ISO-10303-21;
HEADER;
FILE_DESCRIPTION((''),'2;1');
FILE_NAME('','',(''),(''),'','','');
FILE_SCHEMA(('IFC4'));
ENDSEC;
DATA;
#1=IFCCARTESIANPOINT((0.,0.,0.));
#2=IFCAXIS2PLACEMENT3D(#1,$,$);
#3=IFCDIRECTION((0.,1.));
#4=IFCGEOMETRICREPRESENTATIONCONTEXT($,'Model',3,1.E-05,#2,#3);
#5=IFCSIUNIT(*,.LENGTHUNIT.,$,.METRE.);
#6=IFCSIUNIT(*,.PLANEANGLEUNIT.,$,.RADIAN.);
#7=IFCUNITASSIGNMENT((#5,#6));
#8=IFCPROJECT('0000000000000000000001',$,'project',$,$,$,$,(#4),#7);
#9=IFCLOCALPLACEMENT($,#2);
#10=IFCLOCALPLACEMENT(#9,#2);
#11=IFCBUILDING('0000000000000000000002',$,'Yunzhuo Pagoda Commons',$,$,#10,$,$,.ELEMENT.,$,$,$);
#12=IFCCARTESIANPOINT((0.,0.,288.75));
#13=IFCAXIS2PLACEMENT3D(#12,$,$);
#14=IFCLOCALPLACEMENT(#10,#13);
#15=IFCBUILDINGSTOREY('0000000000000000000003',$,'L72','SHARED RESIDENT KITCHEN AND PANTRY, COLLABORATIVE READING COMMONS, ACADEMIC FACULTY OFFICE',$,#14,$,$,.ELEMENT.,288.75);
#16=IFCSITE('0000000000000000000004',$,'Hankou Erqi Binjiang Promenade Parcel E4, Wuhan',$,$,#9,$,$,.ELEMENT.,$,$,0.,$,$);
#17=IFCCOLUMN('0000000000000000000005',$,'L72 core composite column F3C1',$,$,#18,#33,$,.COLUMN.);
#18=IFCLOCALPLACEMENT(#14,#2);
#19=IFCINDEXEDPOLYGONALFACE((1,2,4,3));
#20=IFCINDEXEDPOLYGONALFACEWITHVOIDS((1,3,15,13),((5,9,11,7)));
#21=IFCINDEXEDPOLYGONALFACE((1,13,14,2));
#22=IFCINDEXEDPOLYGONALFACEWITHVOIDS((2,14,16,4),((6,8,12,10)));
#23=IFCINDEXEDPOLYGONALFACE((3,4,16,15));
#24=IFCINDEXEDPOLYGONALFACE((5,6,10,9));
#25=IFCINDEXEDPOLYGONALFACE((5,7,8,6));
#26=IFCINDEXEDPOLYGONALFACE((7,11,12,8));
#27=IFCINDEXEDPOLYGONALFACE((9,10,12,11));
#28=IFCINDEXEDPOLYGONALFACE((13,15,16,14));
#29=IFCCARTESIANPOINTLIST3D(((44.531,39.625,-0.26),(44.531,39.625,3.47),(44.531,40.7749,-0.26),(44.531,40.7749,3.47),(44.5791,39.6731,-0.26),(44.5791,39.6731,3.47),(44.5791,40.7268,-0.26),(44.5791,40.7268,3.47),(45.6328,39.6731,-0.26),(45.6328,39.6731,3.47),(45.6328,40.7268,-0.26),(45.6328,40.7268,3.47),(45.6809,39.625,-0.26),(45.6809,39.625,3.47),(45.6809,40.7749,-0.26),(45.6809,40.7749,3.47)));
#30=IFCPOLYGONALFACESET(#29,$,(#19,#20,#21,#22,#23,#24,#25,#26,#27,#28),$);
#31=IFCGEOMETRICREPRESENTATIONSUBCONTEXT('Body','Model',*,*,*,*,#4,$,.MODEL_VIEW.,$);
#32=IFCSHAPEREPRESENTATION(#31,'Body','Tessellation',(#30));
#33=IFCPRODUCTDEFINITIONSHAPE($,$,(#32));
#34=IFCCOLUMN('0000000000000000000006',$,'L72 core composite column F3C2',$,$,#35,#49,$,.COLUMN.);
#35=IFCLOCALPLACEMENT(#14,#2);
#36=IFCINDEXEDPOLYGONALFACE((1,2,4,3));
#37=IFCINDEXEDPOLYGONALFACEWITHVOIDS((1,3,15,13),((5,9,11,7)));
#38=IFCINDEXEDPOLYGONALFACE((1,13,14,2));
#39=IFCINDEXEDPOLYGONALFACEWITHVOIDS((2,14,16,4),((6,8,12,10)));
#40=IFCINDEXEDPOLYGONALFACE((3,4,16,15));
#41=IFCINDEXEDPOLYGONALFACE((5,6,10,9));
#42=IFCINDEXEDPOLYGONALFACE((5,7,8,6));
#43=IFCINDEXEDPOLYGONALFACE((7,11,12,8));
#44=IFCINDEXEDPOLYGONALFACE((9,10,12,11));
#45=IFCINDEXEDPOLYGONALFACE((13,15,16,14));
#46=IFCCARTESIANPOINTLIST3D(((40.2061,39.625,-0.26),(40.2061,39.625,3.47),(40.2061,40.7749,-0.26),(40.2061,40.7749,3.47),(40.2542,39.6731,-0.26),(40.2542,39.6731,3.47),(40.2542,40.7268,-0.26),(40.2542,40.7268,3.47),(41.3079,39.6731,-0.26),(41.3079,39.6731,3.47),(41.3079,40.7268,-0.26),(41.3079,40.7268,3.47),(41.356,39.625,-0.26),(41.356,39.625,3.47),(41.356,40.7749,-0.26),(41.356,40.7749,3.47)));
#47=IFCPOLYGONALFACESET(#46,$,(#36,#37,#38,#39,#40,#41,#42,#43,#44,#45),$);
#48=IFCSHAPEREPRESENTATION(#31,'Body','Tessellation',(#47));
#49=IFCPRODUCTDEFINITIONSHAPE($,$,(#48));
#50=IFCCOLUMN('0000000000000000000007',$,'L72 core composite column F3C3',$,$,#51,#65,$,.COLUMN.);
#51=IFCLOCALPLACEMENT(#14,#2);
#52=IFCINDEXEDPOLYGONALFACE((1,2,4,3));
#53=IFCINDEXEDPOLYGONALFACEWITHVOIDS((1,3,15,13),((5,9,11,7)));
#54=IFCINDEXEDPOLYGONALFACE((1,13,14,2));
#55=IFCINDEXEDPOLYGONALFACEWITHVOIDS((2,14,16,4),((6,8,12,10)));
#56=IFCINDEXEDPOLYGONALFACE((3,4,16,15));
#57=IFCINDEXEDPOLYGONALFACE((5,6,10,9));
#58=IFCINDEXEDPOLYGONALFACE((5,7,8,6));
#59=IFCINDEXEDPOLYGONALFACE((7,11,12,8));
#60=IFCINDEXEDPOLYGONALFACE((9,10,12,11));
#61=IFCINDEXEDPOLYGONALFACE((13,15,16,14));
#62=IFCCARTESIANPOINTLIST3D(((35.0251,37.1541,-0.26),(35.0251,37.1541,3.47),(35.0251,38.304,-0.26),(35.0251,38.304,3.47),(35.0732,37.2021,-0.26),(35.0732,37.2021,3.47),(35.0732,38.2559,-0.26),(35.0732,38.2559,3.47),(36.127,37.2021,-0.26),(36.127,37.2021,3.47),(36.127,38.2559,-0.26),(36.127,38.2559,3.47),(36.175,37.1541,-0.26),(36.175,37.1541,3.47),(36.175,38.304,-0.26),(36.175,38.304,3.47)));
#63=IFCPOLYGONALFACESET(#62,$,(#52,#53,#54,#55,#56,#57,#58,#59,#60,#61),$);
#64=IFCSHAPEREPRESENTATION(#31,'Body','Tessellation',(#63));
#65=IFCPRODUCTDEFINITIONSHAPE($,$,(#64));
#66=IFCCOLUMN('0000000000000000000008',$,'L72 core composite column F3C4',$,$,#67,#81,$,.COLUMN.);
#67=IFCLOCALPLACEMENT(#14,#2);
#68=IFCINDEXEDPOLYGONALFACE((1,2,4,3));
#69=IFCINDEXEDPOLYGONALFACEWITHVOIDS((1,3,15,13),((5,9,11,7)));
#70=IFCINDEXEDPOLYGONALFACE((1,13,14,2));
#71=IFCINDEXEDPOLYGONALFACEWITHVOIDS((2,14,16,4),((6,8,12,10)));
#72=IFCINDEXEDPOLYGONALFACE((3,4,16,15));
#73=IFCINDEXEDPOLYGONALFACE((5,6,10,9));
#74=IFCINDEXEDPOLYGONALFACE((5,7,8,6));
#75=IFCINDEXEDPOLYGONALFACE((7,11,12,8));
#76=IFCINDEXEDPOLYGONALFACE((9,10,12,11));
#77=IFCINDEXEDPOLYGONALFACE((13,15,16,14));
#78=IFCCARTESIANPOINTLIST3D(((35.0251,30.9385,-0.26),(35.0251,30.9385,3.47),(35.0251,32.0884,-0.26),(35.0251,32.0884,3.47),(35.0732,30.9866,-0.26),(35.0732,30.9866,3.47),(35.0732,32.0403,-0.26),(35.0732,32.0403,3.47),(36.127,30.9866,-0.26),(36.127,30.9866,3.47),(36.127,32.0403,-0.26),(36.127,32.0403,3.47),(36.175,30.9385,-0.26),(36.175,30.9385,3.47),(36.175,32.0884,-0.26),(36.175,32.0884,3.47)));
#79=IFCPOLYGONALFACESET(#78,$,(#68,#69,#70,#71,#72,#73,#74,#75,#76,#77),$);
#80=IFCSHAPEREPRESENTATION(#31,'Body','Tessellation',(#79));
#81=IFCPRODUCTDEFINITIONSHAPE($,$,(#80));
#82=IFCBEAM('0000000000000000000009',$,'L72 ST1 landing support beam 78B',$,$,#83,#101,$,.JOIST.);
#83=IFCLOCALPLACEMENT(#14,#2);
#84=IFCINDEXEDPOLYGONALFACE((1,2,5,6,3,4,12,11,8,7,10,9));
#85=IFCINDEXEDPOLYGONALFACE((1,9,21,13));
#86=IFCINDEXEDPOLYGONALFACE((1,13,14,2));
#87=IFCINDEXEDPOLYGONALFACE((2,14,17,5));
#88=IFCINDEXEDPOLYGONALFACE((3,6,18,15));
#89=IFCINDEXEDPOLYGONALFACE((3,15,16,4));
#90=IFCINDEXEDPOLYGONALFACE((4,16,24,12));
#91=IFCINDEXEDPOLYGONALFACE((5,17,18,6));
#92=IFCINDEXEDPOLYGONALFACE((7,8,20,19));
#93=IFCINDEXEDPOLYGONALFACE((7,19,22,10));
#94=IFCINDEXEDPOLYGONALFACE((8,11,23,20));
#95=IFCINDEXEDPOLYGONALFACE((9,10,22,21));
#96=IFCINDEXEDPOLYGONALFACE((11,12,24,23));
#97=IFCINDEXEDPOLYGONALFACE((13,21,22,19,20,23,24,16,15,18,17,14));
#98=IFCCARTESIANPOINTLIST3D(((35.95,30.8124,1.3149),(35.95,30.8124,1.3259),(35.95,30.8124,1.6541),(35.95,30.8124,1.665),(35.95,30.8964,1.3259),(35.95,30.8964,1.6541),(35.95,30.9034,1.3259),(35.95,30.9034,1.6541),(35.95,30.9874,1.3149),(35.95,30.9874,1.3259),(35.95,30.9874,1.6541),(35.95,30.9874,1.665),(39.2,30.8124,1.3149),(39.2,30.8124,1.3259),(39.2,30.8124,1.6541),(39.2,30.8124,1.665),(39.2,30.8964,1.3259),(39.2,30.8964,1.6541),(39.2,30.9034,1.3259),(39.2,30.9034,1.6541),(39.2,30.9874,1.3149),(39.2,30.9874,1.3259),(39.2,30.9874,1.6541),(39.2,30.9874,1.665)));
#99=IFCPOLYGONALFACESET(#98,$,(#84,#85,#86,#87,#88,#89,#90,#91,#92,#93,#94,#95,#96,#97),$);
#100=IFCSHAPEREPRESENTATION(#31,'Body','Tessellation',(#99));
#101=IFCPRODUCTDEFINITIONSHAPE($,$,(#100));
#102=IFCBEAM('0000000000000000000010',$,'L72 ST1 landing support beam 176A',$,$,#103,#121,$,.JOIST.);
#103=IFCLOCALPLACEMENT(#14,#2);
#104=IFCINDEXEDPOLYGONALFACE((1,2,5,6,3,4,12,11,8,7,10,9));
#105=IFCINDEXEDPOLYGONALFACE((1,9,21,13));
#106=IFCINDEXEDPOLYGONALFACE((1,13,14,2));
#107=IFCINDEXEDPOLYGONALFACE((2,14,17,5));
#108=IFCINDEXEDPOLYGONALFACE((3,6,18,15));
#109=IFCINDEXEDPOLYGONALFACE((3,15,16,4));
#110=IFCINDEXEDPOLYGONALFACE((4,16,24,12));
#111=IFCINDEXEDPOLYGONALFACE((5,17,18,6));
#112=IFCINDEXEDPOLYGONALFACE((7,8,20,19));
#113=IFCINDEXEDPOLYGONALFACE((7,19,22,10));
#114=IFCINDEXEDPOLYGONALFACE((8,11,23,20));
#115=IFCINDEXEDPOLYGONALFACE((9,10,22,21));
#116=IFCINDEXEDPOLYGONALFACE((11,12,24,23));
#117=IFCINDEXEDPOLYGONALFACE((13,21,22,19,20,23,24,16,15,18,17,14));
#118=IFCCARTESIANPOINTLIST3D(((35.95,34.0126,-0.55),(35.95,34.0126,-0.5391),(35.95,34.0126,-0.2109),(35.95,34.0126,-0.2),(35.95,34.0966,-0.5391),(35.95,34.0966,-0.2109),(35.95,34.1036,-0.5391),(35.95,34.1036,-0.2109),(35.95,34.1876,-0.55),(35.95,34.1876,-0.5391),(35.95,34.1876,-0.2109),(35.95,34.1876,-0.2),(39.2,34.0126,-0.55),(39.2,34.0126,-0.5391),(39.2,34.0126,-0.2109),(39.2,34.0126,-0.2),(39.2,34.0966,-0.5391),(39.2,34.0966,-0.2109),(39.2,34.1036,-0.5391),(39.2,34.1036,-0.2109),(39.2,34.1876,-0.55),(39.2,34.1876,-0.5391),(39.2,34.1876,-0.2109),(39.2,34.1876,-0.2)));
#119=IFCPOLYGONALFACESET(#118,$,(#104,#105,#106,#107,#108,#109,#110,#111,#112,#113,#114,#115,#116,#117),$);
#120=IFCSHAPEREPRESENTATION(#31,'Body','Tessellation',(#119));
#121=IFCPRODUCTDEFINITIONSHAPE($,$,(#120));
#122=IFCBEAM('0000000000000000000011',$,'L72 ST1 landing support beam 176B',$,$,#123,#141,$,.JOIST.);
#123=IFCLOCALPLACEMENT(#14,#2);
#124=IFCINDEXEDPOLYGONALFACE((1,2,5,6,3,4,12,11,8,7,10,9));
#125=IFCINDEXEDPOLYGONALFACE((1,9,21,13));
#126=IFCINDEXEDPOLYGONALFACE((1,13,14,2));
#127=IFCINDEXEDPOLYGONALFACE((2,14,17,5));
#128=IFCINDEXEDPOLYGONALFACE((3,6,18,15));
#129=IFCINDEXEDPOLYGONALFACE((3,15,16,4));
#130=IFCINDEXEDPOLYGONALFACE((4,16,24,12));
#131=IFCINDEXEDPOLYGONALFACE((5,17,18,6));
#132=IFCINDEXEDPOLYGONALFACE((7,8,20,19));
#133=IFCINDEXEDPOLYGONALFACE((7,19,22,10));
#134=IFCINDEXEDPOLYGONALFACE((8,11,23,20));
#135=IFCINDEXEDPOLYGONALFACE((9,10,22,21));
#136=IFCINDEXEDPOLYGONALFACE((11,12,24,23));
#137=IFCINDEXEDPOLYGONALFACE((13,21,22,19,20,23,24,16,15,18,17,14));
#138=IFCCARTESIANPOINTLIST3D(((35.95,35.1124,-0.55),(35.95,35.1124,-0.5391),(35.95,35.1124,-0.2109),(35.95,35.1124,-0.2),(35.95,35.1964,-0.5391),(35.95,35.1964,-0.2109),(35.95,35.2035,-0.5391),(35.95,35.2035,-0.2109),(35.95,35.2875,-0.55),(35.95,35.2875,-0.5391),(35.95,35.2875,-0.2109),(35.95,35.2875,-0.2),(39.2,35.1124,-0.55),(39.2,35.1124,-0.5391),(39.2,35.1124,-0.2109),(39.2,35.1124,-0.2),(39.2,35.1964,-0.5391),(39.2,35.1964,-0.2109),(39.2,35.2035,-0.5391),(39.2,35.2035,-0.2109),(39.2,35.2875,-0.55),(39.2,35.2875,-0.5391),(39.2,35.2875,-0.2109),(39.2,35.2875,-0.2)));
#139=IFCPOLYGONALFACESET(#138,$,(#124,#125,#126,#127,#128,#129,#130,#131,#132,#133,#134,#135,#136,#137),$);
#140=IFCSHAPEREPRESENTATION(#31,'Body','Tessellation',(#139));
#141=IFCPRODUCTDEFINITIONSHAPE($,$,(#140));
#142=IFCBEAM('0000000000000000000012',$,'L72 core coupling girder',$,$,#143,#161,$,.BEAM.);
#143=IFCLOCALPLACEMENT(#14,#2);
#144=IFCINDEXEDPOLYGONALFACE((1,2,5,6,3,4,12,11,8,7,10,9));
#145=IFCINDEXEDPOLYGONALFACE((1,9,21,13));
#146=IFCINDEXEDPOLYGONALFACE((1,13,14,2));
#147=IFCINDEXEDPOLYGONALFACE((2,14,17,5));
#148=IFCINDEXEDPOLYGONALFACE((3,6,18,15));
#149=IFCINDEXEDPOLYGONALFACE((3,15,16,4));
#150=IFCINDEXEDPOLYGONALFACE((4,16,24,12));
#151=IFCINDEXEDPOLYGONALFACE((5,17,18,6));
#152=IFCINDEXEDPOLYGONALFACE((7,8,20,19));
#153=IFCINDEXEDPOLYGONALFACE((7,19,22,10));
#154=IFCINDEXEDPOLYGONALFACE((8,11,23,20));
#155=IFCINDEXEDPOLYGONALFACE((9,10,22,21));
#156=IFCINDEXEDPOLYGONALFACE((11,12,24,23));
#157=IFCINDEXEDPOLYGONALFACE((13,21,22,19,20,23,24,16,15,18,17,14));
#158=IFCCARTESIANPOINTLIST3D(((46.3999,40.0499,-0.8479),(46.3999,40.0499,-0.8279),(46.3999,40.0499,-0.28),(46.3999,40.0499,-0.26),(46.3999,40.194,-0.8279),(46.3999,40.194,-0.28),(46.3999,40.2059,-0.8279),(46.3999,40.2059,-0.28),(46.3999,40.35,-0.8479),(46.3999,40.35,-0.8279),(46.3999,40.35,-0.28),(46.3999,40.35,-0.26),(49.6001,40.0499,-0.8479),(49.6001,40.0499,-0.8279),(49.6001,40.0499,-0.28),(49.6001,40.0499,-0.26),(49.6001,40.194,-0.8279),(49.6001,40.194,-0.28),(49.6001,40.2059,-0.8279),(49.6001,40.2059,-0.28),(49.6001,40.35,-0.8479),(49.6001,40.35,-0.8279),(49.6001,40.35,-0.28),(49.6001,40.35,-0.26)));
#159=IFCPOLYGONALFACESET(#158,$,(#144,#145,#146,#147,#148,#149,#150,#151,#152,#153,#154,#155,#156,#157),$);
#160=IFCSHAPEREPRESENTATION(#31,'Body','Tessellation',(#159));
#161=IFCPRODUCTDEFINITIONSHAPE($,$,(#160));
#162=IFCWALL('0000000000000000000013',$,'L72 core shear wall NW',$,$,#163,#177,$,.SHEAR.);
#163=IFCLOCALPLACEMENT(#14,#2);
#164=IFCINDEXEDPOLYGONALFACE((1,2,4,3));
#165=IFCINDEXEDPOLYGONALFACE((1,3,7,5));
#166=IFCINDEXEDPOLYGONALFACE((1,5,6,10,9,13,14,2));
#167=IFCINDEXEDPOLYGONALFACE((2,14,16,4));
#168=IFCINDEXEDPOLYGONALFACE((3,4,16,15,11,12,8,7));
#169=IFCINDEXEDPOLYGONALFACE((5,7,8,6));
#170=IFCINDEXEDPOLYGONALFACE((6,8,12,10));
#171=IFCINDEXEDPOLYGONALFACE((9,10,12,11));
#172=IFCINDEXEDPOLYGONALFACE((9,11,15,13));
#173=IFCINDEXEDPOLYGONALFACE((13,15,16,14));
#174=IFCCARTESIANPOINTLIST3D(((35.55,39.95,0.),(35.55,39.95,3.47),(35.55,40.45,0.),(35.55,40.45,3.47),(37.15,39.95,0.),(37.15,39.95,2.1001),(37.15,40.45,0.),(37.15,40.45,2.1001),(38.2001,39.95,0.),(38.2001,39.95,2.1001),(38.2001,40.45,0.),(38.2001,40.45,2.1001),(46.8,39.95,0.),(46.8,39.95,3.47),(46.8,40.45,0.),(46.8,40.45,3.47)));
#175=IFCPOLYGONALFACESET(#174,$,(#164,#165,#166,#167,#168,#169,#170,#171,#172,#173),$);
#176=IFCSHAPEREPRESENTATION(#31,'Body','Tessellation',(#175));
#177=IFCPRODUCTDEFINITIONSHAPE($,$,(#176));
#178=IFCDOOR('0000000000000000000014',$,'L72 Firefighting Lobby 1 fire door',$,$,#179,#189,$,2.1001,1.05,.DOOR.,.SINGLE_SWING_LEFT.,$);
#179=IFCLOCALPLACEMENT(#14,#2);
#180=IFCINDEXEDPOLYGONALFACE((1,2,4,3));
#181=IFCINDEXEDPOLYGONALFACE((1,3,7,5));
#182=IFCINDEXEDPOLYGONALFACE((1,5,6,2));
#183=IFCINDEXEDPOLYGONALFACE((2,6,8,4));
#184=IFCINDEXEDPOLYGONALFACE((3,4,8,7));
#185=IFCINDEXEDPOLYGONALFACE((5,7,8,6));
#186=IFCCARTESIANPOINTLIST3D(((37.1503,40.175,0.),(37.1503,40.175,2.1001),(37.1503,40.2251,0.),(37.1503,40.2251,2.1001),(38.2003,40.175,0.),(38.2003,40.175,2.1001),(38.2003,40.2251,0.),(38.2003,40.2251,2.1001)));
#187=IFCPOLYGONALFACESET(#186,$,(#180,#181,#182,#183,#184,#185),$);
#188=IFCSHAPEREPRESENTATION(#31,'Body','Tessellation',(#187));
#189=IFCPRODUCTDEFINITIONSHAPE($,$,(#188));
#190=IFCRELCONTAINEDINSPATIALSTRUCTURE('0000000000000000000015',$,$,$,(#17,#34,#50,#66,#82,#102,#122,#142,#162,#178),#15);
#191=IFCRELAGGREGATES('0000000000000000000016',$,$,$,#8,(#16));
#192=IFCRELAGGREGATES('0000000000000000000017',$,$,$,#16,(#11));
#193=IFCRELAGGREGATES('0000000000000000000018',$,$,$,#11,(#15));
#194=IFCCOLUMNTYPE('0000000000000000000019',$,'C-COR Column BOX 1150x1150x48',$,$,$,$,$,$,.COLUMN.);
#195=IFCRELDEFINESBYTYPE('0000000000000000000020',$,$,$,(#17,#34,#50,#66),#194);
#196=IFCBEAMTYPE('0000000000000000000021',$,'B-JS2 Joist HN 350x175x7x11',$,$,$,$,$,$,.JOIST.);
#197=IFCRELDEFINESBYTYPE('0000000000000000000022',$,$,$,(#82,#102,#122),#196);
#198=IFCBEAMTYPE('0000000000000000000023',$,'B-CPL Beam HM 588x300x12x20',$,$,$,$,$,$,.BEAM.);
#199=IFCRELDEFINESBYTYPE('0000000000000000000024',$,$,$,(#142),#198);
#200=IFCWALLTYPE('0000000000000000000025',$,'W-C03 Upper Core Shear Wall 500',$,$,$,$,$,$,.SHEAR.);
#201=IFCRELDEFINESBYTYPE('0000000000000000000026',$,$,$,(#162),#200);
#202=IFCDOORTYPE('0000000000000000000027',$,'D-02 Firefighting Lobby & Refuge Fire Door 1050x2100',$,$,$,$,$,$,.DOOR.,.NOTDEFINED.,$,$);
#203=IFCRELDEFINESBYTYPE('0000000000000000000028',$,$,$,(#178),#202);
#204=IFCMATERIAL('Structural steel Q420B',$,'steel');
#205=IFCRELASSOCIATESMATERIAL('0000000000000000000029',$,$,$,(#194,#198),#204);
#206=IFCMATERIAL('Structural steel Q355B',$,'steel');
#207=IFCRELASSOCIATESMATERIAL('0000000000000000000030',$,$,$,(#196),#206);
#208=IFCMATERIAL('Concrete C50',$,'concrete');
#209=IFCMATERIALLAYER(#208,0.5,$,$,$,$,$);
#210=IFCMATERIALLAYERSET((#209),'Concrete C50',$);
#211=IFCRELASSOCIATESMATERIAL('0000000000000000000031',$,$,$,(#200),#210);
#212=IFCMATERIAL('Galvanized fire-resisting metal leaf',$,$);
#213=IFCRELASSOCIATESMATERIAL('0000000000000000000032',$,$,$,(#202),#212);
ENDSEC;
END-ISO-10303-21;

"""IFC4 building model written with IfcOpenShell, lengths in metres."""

from ifc_helpers import new_model, si_unit, direction, frame, frame_2d, origin, origin_2d, place, context, subcontext, project, spatial, rectangle, hollow_rectangle, i_section, extrude, source, transform, mapped, material, layer, layer_set, material_profile, profile_set, type_object, element, fill, save


model = new_model("IFC4")

# Units and contexts
model_context = context("Model", 3, precision=1e-05, world=origin(), true_north=direction((0.0, 1.0)))
body_context = subcontext(model_context, "Body", "Model", "MODEL_VIEW")
ifc_project = project(units=[si_unit("LENGTHUNIT", "METRE"), si_unit("PLANEANGLEUNIT", "RADIAN")], contexts=[model_context])

# Site, building, storey
site_placement = place(None, origin())
site = spatial("IfcSite", under=ifc_project, at=site_placement, Name="Hankou Erqi Binjiang Promenade Parcel E4, Wuhan", CompositionType="ELEMENT", RefElevation=0.0)
building_placement = place(site_placement, origin())
building = spatial("IfcBuilding", under=site, at=building_placement, Name="Yunzhuo Pagoda Commons", CompositionType="ELEMENT")
storey_placement = place(building_placement, frame((0.0, 0.0, 288.75)))
storey = spatial("IfcBuildingStorey", under=building, at=storey_placement, Name="L72", Description="SHARED RESIDENT KITCHEN AND PANTRY, COLLABORATIVE READING COMMONS, ACADEMIC FACULTY OFFICE", CompositionType="ELEMENT", Elevation=288.75)

# Columns
ifc_material_1 = material(Name="Structural steel Q420B", Category="steel")
ifc_material_profile_1 = material_profile(ifc_material_1, hollow_rectangle(XDim=1.1499, YDim=1.1499, WallThickness=0.0481, at=origin_2d()), Name="Structural steel Q420B")
ifc_profile_set_1 = profile_set([ifc_material_profile_1], Name="Structural steel Q420B")
column_type = type_object("IfcColumnType", Name="C-COR Column BOX 1150x1150x48", PredefinedType="COLUMN", material=ifc_profile_set_1)
shared_shape_1 = source(origin(), body_context, "Body", "SweptSolid", [
    extrude(hollow_rectangle(XDim=1.1499, YDim=1.1499, WallThickness=0.0481, at=origin_2d()), origin(), (0.0, 0.0, 1.0), 3.73),
])
for number, where, z_axis, x_axis, name in (
    (1, (45.106, 40.2, -0.26), (0.0, 0.0, 1.0), (1.0, 0.0, 0.0), "L72 core composite column F3C1"),
    (2, (40.781, 40.2, -0.26), (0.0, 0.0, 1.0), (1.0, 0.0, 0.0), "L72 core composite column F3C2"),
    (3, (35.6001, 37.729, -0.26), (0.0, 0.0, 1.0), (1.0, 0.0, 0.0), "L72 core composite column F3C3"),
    (4, (35.6001, 31.5134, -0.26), (0.0, 0.0, 1.0), (1.0, 0.0, 0.0), "L72 core composite column F3C4"),
):
    element("IfcColumn", number, at=place(storey_placement, frame(where, z_axis=z_axis, x_axis=x_axis)), inside=storey, type_object=column_type, Name=name, PredefinedType="COLUMN", context=body_context, shape_type="MappedRepresentation", body=[
        mapped(shared_shape_1, transform((0.0, 0.0, 0.0), scale=1.0)),
    ])

# Beams
ifc_material_2 = material(Name="Structural steel Q355B", Category="steel")
ifc_material_profile_2 = material_profile(ifc_material_2, i_section(OverallWidth=0.175, OverallDepth=0.3501, WebThickness=0.0071, FlangeThickness=0.011, at=origin_2d()), Name="Structural steel Q355B")
ifc_profile_set_2 = profile_set([ifc_material_profile_2], Name="Structural steel Q355B")
beam_type_1 = type_object("IfcBeamType", Name="B-JS2 Joist HN 350x175x7x11", PredefinedType="JOIST", material=ifc_profile_set_2)
shared_shape_2 = source(origin(), body_context, "Body", "SweptSolid", [
    extrude(i_section(OverallWidth=0.175, OverallDepth=0.3501, WebThickness=0.0071, FlangeThickness=0.011, at=origin_2d()), origin(), (0.0, 0.0, 1.0), 3.25),
])
for number, where, z_axis, x_axis, name in (
    (5, (35.95, 30.8999, 1.49), (1.0, 0.0, 0.0), (0.0, 1.0, 0.0), "L72 ST1 landing support beam 78B"),
    (6, (35.95, 34.1001, -0.375), (1.0, 0.0, 0.0), (0.0, 1.0, 0.0), "L72 ST1 landing support beam 176A"),
    (7, (35.95, 35.2, -0.375), (1.0, 0.0, 0.0), (0.0, 1.0, 0.0), "L72 ST1 landing support beam 176B"),
):
    element("IfcBeam", number, at=place(storey_placement, frame(where, z_axis=z_axis, x_axis=x_axis)), inside=storey, type_object=beam_type_1, Name=name, PredefinedType="JOIST", context=body_context, shape_type="MappedRepresentation", body=[
        mapped(shared_shape_2, transform((0.0, 0.0, 0.0), scale=1.0)),
    ])
ifc_material_profile_3 = material_profile(ifc_material_1, i_section(OverallWidth=0.3, OverallDepth=0.5879, WebThickness=0.012, FlangeThickness=0.02, at=origin_2d()), Name="Structural steel Q420B")
ifc_profile_set_3 = profile_set([ifc_material_profile_3], Name="Structural steel Q420B")
beam_type_2 = type_object("IfcBeamType", Name="B-CPL Beam HM 588x300x12x20", PredefinedType="BEAM", material=ifc_profile_set_3)
shared_shape_3 = source(origin(), body_context, "Body", "SweptSolid", [
    extrude(i_section(OverallWidth=0.3, OverallDepth=0.5879, WebThickness=0.012, FlangeThickness=0.02, at=origin_2d()), origin(), (0.0, 0.0, 1.0), 3.2002),
])
beam_placement = place(storey_placement, frame((46.3999, 40.2, -0.554), z_axis=(1.0, 0.0, 0.0), x_axis=(0.0, 1.0, 0.0)))
element("IfcBeam", 8, at=beam_placement, inside=storey, type_object=beam_type_2, Name="L72 core coupling girder", PredefinedType="BEAM", context=body_context, shape_type="MappedRepresentation", body=[
    mapped(shared_shape_3, transform((0.0, 0.0, 0.0), scale=1.0)),
])

# Wall, opening, door
ifc_material_3 = material(Name="Concrete C50", Category="concrete")
ifc_layer_1 = layer(ifc_material_3, 0.5)
ifc_layer_set_1 = layer_set([ifc_layer_1], Name="Concrete C50")
wall_type_1 = type_object("IfcWallType", Name="W-C03 Upper Core Shear Wall 500", PredefinedType="SHEAR", material=ifc_layer_set_1)
wall_1_placement = place(storey_placement, frame((35.55, 40.2, 0.0), z_axis=(0.0, 0.0, 1.0), x_axis=(1.0, 0.0, 0.0)))
wall_1 = element("IfcWall", 9, at=wall_1_placement, inside=storey, type_object=wall_type_1, Name="L72 core shear wall NW", PredefinedType="SHEAR", context=body_context, shape_type="SweptSolid", body=[
    extrude(rectangle(XDim=11.25, YDim=0.5, at=frame_2d((5.625, 0.0))), origin(), (0.0, 0.0, 1.0), 3.47),
])
opening_1_placement = place(wall_1_placement, frame((1.6001, 0.0, 0.0)))
opening_1 = element("IfcOpeningElement", 10, at=opening_1_placement, cuts=wall_1, PredefinedType="OPENING", context=body_context, shape_type="SweptSolid", body=[
    extrude(rectangle(XDim=1.05, YDim=2.1001, at=frame_2d((0.5249, 1.05))), frame((0.0, 0.26, 0.0), z_axis=(0.0, -1.0, 0.0), x_axis=(1.0, 0.0, 0.0)), (0.0, 0.0, 1.0), 0.52),
])
ifc_material_4 = material(Name="Galvanized fire-resisting metal leaf")
door_type_1 = type_object("IfcDoorType", Name="D-02 Firefighting Lobby & Refuge Fire Door 1050x2100", OperationType="NOTDEFINED", PredefinedType="DOOR", material=ifc_material_4)
shared_shape_4 = source(origin(), body_context, "Body", "SweptSolid", [
    extrude(rectangle(XDim=1.05, YDim=2.1001, at=frame_2d((0.5249, 1.05))), frame((0.0, 0.0249, 0.0), z_axis=(0.0, -1.0, 0.0), x_axis=(1.0, 0.0, 0.0)), (0.0, 0.0, 1.0), 0.05),
])
door_1_placement = place(opening_1_placement, frame((1.05, 0.0, 0.0), z_axis=(0.0, 0.0, 1.0), x_axis=(-1.0, 0.0, 0.0)))
door_1 = element("IfcDoor", 11, at=door_1_placement, inside=storey, type_object=door_type_1, Name="L72 Firefighting Lobby 1 fire door", OperationType="SINGLE_SWING_LEFT", OverallHeight=2.1001, OverallWidth=1.05, PredefinedType="DOOR", context=body_context, shape_type="MappedRepresentation", body=[
    mapped(shared_shape_4, transform((0.0, 0.0, 0.0), scale=1.0)),
])
fill(opening_1, door_1)

save(model, "model.ifc")
